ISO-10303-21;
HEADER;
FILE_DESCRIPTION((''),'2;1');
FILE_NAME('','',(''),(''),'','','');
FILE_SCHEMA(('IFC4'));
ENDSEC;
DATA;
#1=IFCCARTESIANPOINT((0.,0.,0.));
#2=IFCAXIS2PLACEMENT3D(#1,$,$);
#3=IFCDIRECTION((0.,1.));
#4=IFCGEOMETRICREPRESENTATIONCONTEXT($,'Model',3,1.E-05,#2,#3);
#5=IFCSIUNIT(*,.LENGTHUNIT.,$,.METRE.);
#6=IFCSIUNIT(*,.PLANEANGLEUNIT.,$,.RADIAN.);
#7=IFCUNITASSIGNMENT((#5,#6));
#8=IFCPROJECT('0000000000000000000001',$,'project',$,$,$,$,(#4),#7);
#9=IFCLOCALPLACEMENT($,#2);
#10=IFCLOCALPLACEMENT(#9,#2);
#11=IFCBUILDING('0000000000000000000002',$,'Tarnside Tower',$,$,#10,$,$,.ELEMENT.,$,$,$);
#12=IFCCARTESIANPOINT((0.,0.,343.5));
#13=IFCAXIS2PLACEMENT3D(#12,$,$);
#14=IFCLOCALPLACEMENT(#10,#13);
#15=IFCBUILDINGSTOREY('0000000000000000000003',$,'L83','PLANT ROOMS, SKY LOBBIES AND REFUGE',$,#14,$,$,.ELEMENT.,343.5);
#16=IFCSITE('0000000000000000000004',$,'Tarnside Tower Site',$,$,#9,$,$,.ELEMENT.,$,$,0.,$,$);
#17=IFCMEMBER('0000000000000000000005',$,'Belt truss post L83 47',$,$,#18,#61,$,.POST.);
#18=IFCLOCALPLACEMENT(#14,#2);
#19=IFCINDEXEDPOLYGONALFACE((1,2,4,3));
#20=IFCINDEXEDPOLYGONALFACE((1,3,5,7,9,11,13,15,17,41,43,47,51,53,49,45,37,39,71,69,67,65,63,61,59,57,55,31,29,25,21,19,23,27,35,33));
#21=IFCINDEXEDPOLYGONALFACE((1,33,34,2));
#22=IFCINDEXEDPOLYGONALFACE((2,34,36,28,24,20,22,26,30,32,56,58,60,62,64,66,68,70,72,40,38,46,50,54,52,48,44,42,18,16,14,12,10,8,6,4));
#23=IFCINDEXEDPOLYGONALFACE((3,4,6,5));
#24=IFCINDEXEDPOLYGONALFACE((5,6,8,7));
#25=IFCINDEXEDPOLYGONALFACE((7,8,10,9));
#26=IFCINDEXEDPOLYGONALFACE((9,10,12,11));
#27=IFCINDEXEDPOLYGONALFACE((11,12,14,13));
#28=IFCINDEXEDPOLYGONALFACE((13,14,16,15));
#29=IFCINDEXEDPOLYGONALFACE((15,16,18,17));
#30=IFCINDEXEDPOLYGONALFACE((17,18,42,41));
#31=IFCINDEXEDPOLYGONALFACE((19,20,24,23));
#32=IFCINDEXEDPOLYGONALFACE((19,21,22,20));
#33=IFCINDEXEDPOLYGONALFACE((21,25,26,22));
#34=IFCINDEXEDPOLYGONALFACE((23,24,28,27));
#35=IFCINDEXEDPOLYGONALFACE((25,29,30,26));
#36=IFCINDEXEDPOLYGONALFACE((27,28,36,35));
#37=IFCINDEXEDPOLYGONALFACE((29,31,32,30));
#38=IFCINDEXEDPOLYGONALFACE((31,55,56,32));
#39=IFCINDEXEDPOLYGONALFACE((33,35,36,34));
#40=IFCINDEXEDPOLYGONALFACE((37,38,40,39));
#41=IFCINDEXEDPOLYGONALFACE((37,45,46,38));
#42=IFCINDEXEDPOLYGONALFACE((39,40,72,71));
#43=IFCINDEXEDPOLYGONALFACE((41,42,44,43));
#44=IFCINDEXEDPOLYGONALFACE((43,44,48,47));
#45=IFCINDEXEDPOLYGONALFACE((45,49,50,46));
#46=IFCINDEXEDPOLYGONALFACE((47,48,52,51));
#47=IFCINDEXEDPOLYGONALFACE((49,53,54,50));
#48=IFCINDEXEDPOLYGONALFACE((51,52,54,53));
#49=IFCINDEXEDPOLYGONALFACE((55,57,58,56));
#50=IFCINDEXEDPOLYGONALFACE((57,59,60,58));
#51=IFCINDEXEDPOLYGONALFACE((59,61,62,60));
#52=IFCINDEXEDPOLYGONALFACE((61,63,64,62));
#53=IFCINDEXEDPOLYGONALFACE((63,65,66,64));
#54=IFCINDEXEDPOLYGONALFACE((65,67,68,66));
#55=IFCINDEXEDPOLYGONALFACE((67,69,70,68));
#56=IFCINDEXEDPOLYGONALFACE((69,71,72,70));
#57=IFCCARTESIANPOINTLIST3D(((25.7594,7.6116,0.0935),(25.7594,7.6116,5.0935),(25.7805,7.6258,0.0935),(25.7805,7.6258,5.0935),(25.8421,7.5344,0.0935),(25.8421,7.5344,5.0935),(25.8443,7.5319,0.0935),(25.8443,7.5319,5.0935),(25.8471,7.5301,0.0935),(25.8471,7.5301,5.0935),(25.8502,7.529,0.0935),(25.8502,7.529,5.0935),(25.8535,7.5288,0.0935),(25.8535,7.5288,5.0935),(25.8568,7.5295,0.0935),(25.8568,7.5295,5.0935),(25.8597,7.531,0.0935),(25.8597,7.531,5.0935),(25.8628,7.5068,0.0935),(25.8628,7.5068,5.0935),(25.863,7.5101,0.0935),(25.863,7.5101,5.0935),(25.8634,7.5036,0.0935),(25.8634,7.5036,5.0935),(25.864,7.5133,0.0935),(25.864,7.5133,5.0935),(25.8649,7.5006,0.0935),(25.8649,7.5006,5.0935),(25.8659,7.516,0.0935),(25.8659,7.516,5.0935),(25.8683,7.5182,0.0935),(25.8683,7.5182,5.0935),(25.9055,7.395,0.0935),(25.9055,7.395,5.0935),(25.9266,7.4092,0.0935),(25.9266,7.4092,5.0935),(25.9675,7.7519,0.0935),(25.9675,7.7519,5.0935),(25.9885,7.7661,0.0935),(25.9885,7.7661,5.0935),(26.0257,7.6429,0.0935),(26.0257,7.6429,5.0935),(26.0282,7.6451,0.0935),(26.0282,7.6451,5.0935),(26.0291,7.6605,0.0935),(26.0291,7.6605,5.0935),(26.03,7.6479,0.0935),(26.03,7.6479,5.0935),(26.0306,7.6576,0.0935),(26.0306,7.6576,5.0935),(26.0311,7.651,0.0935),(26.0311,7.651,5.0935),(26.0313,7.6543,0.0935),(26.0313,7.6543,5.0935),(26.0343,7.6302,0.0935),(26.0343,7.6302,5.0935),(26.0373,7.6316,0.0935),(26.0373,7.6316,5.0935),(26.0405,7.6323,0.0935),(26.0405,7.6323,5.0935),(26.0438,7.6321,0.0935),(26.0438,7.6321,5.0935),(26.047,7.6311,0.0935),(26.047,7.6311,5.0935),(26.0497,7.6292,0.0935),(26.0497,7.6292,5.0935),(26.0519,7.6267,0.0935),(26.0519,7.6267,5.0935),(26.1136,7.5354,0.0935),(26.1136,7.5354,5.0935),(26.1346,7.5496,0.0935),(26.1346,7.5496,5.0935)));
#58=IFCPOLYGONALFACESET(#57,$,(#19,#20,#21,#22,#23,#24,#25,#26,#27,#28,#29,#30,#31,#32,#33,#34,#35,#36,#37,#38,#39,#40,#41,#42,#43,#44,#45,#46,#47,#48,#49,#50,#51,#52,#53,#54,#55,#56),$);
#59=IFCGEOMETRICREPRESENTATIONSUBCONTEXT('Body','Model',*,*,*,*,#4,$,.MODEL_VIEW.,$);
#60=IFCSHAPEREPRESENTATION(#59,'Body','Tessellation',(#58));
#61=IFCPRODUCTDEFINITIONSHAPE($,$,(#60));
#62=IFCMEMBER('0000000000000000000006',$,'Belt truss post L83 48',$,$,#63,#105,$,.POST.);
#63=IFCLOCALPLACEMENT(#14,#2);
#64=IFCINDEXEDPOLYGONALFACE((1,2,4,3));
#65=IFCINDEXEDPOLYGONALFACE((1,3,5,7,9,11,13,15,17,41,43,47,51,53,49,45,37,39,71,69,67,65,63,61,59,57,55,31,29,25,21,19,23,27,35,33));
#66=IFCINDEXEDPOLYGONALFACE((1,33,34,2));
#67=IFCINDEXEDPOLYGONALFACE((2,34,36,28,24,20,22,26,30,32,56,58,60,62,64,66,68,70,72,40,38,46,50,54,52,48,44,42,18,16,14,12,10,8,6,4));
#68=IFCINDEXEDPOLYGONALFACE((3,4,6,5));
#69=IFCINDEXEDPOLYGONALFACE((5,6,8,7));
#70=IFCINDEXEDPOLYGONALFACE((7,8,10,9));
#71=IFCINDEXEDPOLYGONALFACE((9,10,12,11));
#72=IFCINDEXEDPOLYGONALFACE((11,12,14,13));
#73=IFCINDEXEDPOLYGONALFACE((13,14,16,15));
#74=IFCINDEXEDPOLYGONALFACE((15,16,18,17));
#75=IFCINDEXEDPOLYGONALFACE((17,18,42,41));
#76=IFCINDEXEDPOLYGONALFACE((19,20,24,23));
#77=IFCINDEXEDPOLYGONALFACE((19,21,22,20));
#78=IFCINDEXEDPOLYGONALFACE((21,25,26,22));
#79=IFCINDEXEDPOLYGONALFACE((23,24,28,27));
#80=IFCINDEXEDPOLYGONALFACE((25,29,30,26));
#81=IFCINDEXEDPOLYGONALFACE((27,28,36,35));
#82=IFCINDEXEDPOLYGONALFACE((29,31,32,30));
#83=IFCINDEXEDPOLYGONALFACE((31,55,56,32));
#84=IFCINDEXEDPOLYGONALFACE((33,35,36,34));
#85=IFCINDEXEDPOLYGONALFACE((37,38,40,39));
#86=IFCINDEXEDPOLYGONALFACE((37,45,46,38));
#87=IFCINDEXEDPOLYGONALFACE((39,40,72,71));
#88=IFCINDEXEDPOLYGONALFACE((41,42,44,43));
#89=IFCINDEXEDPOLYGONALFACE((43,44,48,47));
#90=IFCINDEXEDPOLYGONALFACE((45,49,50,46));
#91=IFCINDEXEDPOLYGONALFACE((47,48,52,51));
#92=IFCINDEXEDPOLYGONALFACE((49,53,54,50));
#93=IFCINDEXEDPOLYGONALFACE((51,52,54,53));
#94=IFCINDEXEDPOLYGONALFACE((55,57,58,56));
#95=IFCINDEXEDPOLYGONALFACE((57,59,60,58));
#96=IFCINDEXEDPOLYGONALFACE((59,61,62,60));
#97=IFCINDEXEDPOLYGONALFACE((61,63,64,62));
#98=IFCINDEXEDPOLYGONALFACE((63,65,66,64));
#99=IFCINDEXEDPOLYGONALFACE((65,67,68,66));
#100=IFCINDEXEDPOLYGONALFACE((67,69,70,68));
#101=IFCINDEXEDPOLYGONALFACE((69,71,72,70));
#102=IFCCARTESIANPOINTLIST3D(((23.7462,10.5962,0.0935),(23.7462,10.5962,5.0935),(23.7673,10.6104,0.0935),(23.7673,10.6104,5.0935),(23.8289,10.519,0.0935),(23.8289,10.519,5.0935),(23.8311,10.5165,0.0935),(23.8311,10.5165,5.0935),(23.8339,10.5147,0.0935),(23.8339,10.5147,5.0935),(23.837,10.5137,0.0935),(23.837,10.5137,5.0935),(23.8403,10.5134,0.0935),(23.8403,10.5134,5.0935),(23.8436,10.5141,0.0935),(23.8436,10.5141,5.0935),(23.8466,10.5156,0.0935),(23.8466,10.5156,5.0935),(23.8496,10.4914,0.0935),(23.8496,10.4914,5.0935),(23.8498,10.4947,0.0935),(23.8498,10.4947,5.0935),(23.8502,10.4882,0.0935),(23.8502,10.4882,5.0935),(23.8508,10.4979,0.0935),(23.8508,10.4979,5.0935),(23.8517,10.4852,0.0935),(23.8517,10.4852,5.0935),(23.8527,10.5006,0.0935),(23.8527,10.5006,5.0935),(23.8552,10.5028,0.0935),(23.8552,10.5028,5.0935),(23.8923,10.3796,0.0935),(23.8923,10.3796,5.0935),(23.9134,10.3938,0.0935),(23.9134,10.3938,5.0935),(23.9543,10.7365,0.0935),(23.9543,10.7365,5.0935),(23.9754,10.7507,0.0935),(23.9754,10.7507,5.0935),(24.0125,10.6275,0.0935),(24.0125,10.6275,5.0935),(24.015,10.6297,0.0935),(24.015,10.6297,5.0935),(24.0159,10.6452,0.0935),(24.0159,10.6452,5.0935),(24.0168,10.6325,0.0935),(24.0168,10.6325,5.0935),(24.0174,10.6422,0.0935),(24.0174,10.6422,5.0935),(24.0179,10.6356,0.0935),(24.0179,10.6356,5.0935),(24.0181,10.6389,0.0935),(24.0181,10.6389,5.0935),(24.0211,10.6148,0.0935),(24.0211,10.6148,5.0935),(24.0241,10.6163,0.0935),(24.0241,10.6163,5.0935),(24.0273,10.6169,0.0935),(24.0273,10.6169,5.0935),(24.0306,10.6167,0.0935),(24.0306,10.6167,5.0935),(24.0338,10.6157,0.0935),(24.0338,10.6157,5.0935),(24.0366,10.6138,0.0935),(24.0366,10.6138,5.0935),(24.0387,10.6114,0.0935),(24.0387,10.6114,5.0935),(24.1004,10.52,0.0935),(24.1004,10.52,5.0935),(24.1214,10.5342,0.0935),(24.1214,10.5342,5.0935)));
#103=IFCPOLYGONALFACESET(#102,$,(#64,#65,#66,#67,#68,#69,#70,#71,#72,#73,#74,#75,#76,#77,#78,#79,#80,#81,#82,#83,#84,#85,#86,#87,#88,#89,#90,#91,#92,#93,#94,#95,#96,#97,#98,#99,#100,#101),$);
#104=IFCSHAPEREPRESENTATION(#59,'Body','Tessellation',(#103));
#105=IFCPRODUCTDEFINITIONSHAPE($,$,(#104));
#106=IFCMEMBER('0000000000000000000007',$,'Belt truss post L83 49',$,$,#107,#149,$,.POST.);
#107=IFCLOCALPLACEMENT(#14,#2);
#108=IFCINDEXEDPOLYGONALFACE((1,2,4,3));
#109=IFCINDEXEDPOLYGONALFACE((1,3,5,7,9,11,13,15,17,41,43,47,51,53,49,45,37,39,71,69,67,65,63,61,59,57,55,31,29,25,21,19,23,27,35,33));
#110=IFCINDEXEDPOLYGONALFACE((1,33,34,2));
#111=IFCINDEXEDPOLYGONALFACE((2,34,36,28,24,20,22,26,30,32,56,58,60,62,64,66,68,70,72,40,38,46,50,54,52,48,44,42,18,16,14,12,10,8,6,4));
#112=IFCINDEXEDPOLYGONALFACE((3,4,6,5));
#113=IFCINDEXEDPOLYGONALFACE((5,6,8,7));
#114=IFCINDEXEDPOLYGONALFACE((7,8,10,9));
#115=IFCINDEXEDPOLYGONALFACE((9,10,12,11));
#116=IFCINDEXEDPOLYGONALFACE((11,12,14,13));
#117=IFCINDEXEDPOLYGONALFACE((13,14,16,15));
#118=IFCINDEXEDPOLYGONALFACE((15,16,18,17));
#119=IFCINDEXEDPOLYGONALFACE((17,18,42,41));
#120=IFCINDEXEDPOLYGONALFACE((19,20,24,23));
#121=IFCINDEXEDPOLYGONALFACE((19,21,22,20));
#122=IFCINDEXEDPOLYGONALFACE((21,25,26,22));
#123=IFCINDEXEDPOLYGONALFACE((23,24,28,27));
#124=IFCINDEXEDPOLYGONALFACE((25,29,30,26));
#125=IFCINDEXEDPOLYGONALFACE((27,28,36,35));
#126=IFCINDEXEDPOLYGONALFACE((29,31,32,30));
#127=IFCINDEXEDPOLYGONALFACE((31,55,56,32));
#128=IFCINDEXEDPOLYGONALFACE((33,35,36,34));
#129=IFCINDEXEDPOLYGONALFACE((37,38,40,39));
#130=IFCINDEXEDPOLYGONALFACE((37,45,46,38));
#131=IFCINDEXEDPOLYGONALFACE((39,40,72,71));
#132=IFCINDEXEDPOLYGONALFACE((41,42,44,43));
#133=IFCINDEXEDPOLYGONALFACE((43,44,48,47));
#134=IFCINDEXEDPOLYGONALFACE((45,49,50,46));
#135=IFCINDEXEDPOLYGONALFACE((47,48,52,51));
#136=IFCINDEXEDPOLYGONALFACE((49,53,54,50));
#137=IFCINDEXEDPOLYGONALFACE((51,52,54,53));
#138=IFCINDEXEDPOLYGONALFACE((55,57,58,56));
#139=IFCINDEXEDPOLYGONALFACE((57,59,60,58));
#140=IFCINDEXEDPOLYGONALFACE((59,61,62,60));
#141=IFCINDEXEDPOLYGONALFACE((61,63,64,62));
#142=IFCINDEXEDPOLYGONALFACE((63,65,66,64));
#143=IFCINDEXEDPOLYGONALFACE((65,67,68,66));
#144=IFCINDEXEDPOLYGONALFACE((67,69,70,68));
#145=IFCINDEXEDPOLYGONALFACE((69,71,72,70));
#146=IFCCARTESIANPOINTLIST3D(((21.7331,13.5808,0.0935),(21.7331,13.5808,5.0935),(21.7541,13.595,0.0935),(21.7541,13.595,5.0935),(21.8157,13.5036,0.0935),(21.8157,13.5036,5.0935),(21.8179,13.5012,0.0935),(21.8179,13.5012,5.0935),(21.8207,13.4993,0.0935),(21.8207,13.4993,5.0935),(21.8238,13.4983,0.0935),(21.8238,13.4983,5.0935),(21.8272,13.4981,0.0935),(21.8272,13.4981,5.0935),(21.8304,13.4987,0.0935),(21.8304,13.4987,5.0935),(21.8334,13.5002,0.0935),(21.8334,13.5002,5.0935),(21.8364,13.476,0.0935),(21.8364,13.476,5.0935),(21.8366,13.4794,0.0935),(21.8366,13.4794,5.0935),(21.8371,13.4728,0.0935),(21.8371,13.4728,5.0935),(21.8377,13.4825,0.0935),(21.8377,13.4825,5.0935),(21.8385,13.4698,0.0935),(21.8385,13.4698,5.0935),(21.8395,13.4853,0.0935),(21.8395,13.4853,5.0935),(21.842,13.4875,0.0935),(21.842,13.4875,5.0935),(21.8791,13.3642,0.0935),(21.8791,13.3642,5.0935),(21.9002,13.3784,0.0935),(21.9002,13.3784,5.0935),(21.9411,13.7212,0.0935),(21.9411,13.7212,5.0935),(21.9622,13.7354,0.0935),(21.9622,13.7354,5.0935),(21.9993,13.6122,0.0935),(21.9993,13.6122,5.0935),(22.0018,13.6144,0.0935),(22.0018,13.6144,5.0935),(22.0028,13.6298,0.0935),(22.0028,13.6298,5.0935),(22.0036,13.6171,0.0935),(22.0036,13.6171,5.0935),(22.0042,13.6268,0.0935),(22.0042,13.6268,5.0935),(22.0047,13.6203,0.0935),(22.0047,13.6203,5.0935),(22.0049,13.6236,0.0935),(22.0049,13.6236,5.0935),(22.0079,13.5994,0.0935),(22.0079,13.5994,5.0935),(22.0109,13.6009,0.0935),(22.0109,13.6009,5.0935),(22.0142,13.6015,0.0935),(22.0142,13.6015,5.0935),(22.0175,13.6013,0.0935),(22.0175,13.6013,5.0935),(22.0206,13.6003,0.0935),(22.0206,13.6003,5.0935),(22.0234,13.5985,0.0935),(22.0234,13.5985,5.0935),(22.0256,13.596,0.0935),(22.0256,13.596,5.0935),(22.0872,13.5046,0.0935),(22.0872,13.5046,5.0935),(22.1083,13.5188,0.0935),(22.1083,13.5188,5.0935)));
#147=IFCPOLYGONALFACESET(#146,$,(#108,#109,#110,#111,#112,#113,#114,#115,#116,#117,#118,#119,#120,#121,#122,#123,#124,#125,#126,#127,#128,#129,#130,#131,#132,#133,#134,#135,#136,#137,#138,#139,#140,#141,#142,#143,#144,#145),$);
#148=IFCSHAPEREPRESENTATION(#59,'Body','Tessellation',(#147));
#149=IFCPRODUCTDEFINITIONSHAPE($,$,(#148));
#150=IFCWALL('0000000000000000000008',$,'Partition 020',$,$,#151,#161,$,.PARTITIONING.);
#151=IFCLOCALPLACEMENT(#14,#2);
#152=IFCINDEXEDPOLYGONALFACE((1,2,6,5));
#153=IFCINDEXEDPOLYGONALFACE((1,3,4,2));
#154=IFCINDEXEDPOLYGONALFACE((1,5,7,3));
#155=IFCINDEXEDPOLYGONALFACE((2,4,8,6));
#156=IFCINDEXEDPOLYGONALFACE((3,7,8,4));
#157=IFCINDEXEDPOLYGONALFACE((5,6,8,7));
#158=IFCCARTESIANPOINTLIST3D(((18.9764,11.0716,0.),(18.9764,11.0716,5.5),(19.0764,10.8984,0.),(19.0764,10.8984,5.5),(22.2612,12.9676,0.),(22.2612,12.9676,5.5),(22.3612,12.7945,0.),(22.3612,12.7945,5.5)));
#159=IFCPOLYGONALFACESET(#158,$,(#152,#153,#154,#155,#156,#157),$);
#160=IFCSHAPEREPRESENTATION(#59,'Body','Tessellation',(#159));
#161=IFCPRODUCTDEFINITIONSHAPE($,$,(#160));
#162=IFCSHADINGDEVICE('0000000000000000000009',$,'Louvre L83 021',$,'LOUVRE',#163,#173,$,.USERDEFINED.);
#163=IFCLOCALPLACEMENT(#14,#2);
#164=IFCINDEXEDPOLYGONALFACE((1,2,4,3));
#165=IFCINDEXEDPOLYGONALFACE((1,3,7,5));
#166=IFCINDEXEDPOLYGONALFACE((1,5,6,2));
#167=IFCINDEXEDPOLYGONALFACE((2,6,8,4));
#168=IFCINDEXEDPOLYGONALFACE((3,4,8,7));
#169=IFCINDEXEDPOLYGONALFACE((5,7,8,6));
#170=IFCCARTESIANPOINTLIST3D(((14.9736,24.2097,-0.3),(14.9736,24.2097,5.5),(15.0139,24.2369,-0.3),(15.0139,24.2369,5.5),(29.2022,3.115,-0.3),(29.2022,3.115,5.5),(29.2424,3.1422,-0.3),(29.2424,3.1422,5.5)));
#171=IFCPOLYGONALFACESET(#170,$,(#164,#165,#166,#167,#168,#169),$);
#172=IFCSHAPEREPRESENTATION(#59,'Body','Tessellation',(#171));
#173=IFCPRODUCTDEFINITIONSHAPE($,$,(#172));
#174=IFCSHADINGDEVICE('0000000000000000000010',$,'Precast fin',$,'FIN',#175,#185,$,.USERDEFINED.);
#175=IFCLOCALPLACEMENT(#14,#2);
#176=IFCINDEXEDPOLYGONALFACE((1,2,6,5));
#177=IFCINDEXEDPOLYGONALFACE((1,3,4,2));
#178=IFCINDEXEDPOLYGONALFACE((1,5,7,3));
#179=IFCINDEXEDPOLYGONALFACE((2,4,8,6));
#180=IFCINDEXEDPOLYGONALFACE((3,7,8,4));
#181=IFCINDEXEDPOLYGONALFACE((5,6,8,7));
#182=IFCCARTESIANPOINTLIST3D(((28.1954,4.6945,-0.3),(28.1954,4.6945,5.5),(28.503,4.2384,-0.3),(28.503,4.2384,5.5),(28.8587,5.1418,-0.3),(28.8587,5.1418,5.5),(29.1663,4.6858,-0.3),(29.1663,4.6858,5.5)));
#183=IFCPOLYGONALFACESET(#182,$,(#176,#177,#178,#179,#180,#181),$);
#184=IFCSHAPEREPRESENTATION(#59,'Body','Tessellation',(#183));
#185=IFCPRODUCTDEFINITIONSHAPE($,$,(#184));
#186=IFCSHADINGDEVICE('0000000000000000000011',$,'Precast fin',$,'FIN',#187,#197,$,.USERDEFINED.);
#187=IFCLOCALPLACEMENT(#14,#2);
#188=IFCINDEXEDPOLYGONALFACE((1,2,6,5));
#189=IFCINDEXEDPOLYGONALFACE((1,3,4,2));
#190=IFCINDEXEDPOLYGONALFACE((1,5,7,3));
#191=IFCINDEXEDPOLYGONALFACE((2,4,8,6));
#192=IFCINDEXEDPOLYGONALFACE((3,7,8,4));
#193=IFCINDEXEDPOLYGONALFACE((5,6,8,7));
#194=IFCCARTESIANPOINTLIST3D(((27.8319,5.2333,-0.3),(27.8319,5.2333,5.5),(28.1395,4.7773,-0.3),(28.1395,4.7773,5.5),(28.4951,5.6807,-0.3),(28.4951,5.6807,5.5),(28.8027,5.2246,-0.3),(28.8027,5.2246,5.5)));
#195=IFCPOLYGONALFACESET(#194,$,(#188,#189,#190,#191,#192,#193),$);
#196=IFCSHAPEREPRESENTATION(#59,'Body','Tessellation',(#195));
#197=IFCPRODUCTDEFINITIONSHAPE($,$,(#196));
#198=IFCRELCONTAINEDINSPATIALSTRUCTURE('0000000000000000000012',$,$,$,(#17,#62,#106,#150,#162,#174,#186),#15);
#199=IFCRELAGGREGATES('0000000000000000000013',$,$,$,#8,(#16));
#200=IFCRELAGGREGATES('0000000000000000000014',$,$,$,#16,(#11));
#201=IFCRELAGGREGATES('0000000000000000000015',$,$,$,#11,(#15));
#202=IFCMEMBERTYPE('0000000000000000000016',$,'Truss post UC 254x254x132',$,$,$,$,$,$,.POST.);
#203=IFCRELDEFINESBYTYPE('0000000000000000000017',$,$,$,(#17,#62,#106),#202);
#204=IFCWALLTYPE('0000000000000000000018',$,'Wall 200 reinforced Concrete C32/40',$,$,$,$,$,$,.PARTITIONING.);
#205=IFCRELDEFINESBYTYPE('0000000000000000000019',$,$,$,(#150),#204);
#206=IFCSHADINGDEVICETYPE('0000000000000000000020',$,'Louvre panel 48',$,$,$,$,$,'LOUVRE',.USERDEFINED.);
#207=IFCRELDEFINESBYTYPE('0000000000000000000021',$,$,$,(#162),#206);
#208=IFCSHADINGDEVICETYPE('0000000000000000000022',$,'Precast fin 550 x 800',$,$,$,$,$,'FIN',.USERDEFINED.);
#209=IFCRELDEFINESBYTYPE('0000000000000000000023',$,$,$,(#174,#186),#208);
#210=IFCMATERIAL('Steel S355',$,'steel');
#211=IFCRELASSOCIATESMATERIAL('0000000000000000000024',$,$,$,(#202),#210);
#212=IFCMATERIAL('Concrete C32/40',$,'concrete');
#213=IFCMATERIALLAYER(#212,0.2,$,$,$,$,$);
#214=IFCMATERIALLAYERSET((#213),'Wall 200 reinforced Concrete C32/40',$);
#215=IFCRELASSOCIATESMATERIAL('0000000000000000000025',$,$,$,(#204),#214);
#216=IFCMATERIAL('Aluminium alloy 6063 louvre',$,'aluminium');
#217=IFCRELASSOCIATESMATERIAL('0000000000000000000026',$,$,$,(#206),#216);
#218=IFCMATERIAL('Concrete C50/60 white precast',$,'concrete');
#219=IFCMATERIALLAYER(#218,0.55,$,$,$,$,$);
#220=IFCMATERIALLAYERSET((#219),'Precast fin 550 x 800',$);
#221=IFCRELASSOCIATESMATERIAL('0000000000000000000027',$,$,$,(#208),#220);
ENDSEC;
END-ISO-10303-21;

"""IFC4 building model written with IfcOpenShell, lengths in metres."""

from ifc_helpers import new_model, si_unit, direction, frame, frame_2d, origin, origin_2d, place, context, subcontext, project, spatial, polyline, rectangle, i_section, outline, extrude, material, layer, layer_set, material_profile, profile_set, type_object, element, save


model = new_model("IFC4")

# Units and contexts
model_context = context("Model", 3, precision=1e-05, world=origin(), true_north=direction((0.0, 1.0)))
body_context = subcontext(model_context, "Body", "Model", "MODEL_VIEW")
ifc_project = project(units=[si_unit("LENGTHUNIT", "METRE"), si_unit("PLANEANGLEUNIT", "RADIAN")], contexts=[model_context])

# Site, building, storey
site_placement = place(None, origin())
site = spatial("IfcSite", under=ifc_project, at=site_placement, Name="Tarnside Tower Site", CompositionType="ELEMENT", RefElevation=0.0)
building_placement = place(site_placement, origin())
building = spatial("IfcBuilding", under=site, at=building_placement, Name="Tarnside Tower", CompositionType="ELEMENT")
storey_placement = place(building_placement, frame((0.0, 0.0, 343.5)))
storey = spatial("IfcBuildingStorey", under=building, at=storey_placement, Name="L83", Description="PLANT ROOMS, SKY LOBBIES AND REFUGE", CompositionType="ELEMENT", Elevation=343.5)

# Shared definitions
ifc_material_1 = material(Name="Steel S355", Category="steel")

# Members
ifc_material_profile_1 = material_profile(ifc_material_1, i_section(OverallWidth=0.2612, OverallDepth=0.2764, WebThickness=0.0154, FlangeThickness=0.0254, FilletRadius=0.0127, at=origin_2d()), Name="UC 254x254x132")
ifc_profile_set_1 = profile_set([ifc_material_profile_1], Name="Steel S355")
member_type_1 = type_object("IfcMemberType", Name="Truss post UC 254x254x132", PredefinedType="POST", material=ifc_profile_set_1)
for number, where, z_axis, x_axis, name in (
    (1, (25.947, 7.5806, 0.0935), (0.0, 0.0, 1.0), (-0.559193, 0.829038, 0.0), "Belt truss post L83 47"),
    (2, (23.9338, 10.5652, 0.0935), (0.0, 0.0, 1.0), (-0.559193, 0.829038, 0.0), "Belt truss post L83 48"),
    (3, (21.9207, 13.5498, 0.0935), (0.0, 0.0, 1.0), (-0.559193, 0.829038, 0.0), "Belt truss post L83 49"),
):
    element("IfcMember", number, at=place(storey_placement, frame(where, z_axis=z_axis, x_axis=x_axis)), inside=storey, type_object=member_type_1, Name=name, PredefinedType="POST", context=body_context, shape_type="SweptSolid", body=[
        extrude(i_section(OverallWidth=0.2612, OverallDepth=0.2764, WebThickness=0.0154, FlangeThickness=0.0254, FilletRadius=0.0127, at=origin_2d()), origin(), (0.0, 0.0, 1.0), 5.0),
    ])

# Wall
ifc_material_2 = material(Name="Concrete C32/40", Category="concrete")
ifc_layer_1 = layer(ifc_material_2, 0.2)
ifc_layer_set_1 = layer_set([ifc_layer_1], Name="Wall 200 reinforced Concrete C32/40")
wall_type = type_object("IfcWallType", Name="Wall 200 reinforced Concrete C32/40", PredefinedType="PARTITIONING", material=ifc_layer_set_1)
wall_placement = place(storey_placement, frame((22.3113, 12.8811, 0.0), z_axis=(0.0, 0.0, 1.0), x_axis=(-0.866072, -0.499919, 0.0)))
element("IfcWall", 4, at=wall_placement, inside=storey, type_object=wall_type, Name="Partition 020", PredefinedType="PARTITIONING", context=body_context, shape_type="SweptSolid", body=[
    extrude(rectangle(XDim=3.7927, YDim=0.2, at=frame_2d((1.8965, 0.0))), origin(), (0.0, 0.0, 1.0), 5.5),
])

# Shading devices
ifc_material_3 = material(Name="Aluminium alloy 6063 louvre", Category="aluminium")
shading_device_type_1 = type_object("IfcShadingDeviceType", Name="Louvre panel 48", ElementType="LOUVRE", PredefinedType="USERDEFINED", material=ifc_material_3)
shading_device_placement = place(storey_placement, frame((22.0879, 13.6624, -0.3), z_axis=(0.559191, -0.829039, 0.0), x_axis=(0.829039, 0.559191, 0.0)))
element("IfcShadingDevice", 5, at=shading_device_placement, inside=storey, type_object=shading_device_type_1, Name="Louvre L83 021", ObjectType="LOUVRE", PredefinedType="USERDEFINED", context=body_context, shape_type="SweptSolid", body=[
    extrude(outline(polyline([(0.0, 0.0), (0.0486, 0.0), (0.0486, 5.8), (0.0, 5.8), (0.0, 0.0)])), frame((0.0, 0.0, -12.7224)), (0.0, 0.0, 1.0), 25.4448),
])
ifc_material_4 = material(Name="Concrete C50/60 white precast", Category="concrete")
ifc_layer_2 = layer(ifc_material_4, 0.55)
ifc_layer_set_2 = layer_set([ifc_layer_2], Name="Precast fin 550 x 800")
shading_device_type_2 = type_object("IfcShadingDeviceType", Name="Precast fin 550 x 800", ElementType="FIN", PredefinedType="USERDEFINED", material=ifc_layer_set_2)
for number, where, z_axis, x_axis, name in (
    (6, (28.3491, 4.4666, -0.3), (0.559193, -0.829038, 0.0), (0.829038, 0.559193, 0.0), "Precast fin"),
    (7, (27.9856, 5.0054, -0.3), (0.559193, -0.829038, 0.0), (0.829038, 0.559193, 0.0), "Precast fin"),
):
    element("IfcShadingDevice", number, at=place(storey_placement, frame(where, z_axis=z_axis, x_axis=x_axis)), inside=storey, type_object=shading_device_type_2, Name=name, ObjectType="FIN", PredefinedType="USERDEFINED", context=body_context, shape_type="SweptSolid", body=[
        extrude(outline(polyline([(0.0, 0.0), (0.8, 0.0), (0.8, 5.8), (0.0, 5.8), (0.0, 0.0)])), frame((0.0, 0.0, -0.2749)), (0.0, 0.0, 1.0), 0.55),
    ])

save(model, "model.ifc")
